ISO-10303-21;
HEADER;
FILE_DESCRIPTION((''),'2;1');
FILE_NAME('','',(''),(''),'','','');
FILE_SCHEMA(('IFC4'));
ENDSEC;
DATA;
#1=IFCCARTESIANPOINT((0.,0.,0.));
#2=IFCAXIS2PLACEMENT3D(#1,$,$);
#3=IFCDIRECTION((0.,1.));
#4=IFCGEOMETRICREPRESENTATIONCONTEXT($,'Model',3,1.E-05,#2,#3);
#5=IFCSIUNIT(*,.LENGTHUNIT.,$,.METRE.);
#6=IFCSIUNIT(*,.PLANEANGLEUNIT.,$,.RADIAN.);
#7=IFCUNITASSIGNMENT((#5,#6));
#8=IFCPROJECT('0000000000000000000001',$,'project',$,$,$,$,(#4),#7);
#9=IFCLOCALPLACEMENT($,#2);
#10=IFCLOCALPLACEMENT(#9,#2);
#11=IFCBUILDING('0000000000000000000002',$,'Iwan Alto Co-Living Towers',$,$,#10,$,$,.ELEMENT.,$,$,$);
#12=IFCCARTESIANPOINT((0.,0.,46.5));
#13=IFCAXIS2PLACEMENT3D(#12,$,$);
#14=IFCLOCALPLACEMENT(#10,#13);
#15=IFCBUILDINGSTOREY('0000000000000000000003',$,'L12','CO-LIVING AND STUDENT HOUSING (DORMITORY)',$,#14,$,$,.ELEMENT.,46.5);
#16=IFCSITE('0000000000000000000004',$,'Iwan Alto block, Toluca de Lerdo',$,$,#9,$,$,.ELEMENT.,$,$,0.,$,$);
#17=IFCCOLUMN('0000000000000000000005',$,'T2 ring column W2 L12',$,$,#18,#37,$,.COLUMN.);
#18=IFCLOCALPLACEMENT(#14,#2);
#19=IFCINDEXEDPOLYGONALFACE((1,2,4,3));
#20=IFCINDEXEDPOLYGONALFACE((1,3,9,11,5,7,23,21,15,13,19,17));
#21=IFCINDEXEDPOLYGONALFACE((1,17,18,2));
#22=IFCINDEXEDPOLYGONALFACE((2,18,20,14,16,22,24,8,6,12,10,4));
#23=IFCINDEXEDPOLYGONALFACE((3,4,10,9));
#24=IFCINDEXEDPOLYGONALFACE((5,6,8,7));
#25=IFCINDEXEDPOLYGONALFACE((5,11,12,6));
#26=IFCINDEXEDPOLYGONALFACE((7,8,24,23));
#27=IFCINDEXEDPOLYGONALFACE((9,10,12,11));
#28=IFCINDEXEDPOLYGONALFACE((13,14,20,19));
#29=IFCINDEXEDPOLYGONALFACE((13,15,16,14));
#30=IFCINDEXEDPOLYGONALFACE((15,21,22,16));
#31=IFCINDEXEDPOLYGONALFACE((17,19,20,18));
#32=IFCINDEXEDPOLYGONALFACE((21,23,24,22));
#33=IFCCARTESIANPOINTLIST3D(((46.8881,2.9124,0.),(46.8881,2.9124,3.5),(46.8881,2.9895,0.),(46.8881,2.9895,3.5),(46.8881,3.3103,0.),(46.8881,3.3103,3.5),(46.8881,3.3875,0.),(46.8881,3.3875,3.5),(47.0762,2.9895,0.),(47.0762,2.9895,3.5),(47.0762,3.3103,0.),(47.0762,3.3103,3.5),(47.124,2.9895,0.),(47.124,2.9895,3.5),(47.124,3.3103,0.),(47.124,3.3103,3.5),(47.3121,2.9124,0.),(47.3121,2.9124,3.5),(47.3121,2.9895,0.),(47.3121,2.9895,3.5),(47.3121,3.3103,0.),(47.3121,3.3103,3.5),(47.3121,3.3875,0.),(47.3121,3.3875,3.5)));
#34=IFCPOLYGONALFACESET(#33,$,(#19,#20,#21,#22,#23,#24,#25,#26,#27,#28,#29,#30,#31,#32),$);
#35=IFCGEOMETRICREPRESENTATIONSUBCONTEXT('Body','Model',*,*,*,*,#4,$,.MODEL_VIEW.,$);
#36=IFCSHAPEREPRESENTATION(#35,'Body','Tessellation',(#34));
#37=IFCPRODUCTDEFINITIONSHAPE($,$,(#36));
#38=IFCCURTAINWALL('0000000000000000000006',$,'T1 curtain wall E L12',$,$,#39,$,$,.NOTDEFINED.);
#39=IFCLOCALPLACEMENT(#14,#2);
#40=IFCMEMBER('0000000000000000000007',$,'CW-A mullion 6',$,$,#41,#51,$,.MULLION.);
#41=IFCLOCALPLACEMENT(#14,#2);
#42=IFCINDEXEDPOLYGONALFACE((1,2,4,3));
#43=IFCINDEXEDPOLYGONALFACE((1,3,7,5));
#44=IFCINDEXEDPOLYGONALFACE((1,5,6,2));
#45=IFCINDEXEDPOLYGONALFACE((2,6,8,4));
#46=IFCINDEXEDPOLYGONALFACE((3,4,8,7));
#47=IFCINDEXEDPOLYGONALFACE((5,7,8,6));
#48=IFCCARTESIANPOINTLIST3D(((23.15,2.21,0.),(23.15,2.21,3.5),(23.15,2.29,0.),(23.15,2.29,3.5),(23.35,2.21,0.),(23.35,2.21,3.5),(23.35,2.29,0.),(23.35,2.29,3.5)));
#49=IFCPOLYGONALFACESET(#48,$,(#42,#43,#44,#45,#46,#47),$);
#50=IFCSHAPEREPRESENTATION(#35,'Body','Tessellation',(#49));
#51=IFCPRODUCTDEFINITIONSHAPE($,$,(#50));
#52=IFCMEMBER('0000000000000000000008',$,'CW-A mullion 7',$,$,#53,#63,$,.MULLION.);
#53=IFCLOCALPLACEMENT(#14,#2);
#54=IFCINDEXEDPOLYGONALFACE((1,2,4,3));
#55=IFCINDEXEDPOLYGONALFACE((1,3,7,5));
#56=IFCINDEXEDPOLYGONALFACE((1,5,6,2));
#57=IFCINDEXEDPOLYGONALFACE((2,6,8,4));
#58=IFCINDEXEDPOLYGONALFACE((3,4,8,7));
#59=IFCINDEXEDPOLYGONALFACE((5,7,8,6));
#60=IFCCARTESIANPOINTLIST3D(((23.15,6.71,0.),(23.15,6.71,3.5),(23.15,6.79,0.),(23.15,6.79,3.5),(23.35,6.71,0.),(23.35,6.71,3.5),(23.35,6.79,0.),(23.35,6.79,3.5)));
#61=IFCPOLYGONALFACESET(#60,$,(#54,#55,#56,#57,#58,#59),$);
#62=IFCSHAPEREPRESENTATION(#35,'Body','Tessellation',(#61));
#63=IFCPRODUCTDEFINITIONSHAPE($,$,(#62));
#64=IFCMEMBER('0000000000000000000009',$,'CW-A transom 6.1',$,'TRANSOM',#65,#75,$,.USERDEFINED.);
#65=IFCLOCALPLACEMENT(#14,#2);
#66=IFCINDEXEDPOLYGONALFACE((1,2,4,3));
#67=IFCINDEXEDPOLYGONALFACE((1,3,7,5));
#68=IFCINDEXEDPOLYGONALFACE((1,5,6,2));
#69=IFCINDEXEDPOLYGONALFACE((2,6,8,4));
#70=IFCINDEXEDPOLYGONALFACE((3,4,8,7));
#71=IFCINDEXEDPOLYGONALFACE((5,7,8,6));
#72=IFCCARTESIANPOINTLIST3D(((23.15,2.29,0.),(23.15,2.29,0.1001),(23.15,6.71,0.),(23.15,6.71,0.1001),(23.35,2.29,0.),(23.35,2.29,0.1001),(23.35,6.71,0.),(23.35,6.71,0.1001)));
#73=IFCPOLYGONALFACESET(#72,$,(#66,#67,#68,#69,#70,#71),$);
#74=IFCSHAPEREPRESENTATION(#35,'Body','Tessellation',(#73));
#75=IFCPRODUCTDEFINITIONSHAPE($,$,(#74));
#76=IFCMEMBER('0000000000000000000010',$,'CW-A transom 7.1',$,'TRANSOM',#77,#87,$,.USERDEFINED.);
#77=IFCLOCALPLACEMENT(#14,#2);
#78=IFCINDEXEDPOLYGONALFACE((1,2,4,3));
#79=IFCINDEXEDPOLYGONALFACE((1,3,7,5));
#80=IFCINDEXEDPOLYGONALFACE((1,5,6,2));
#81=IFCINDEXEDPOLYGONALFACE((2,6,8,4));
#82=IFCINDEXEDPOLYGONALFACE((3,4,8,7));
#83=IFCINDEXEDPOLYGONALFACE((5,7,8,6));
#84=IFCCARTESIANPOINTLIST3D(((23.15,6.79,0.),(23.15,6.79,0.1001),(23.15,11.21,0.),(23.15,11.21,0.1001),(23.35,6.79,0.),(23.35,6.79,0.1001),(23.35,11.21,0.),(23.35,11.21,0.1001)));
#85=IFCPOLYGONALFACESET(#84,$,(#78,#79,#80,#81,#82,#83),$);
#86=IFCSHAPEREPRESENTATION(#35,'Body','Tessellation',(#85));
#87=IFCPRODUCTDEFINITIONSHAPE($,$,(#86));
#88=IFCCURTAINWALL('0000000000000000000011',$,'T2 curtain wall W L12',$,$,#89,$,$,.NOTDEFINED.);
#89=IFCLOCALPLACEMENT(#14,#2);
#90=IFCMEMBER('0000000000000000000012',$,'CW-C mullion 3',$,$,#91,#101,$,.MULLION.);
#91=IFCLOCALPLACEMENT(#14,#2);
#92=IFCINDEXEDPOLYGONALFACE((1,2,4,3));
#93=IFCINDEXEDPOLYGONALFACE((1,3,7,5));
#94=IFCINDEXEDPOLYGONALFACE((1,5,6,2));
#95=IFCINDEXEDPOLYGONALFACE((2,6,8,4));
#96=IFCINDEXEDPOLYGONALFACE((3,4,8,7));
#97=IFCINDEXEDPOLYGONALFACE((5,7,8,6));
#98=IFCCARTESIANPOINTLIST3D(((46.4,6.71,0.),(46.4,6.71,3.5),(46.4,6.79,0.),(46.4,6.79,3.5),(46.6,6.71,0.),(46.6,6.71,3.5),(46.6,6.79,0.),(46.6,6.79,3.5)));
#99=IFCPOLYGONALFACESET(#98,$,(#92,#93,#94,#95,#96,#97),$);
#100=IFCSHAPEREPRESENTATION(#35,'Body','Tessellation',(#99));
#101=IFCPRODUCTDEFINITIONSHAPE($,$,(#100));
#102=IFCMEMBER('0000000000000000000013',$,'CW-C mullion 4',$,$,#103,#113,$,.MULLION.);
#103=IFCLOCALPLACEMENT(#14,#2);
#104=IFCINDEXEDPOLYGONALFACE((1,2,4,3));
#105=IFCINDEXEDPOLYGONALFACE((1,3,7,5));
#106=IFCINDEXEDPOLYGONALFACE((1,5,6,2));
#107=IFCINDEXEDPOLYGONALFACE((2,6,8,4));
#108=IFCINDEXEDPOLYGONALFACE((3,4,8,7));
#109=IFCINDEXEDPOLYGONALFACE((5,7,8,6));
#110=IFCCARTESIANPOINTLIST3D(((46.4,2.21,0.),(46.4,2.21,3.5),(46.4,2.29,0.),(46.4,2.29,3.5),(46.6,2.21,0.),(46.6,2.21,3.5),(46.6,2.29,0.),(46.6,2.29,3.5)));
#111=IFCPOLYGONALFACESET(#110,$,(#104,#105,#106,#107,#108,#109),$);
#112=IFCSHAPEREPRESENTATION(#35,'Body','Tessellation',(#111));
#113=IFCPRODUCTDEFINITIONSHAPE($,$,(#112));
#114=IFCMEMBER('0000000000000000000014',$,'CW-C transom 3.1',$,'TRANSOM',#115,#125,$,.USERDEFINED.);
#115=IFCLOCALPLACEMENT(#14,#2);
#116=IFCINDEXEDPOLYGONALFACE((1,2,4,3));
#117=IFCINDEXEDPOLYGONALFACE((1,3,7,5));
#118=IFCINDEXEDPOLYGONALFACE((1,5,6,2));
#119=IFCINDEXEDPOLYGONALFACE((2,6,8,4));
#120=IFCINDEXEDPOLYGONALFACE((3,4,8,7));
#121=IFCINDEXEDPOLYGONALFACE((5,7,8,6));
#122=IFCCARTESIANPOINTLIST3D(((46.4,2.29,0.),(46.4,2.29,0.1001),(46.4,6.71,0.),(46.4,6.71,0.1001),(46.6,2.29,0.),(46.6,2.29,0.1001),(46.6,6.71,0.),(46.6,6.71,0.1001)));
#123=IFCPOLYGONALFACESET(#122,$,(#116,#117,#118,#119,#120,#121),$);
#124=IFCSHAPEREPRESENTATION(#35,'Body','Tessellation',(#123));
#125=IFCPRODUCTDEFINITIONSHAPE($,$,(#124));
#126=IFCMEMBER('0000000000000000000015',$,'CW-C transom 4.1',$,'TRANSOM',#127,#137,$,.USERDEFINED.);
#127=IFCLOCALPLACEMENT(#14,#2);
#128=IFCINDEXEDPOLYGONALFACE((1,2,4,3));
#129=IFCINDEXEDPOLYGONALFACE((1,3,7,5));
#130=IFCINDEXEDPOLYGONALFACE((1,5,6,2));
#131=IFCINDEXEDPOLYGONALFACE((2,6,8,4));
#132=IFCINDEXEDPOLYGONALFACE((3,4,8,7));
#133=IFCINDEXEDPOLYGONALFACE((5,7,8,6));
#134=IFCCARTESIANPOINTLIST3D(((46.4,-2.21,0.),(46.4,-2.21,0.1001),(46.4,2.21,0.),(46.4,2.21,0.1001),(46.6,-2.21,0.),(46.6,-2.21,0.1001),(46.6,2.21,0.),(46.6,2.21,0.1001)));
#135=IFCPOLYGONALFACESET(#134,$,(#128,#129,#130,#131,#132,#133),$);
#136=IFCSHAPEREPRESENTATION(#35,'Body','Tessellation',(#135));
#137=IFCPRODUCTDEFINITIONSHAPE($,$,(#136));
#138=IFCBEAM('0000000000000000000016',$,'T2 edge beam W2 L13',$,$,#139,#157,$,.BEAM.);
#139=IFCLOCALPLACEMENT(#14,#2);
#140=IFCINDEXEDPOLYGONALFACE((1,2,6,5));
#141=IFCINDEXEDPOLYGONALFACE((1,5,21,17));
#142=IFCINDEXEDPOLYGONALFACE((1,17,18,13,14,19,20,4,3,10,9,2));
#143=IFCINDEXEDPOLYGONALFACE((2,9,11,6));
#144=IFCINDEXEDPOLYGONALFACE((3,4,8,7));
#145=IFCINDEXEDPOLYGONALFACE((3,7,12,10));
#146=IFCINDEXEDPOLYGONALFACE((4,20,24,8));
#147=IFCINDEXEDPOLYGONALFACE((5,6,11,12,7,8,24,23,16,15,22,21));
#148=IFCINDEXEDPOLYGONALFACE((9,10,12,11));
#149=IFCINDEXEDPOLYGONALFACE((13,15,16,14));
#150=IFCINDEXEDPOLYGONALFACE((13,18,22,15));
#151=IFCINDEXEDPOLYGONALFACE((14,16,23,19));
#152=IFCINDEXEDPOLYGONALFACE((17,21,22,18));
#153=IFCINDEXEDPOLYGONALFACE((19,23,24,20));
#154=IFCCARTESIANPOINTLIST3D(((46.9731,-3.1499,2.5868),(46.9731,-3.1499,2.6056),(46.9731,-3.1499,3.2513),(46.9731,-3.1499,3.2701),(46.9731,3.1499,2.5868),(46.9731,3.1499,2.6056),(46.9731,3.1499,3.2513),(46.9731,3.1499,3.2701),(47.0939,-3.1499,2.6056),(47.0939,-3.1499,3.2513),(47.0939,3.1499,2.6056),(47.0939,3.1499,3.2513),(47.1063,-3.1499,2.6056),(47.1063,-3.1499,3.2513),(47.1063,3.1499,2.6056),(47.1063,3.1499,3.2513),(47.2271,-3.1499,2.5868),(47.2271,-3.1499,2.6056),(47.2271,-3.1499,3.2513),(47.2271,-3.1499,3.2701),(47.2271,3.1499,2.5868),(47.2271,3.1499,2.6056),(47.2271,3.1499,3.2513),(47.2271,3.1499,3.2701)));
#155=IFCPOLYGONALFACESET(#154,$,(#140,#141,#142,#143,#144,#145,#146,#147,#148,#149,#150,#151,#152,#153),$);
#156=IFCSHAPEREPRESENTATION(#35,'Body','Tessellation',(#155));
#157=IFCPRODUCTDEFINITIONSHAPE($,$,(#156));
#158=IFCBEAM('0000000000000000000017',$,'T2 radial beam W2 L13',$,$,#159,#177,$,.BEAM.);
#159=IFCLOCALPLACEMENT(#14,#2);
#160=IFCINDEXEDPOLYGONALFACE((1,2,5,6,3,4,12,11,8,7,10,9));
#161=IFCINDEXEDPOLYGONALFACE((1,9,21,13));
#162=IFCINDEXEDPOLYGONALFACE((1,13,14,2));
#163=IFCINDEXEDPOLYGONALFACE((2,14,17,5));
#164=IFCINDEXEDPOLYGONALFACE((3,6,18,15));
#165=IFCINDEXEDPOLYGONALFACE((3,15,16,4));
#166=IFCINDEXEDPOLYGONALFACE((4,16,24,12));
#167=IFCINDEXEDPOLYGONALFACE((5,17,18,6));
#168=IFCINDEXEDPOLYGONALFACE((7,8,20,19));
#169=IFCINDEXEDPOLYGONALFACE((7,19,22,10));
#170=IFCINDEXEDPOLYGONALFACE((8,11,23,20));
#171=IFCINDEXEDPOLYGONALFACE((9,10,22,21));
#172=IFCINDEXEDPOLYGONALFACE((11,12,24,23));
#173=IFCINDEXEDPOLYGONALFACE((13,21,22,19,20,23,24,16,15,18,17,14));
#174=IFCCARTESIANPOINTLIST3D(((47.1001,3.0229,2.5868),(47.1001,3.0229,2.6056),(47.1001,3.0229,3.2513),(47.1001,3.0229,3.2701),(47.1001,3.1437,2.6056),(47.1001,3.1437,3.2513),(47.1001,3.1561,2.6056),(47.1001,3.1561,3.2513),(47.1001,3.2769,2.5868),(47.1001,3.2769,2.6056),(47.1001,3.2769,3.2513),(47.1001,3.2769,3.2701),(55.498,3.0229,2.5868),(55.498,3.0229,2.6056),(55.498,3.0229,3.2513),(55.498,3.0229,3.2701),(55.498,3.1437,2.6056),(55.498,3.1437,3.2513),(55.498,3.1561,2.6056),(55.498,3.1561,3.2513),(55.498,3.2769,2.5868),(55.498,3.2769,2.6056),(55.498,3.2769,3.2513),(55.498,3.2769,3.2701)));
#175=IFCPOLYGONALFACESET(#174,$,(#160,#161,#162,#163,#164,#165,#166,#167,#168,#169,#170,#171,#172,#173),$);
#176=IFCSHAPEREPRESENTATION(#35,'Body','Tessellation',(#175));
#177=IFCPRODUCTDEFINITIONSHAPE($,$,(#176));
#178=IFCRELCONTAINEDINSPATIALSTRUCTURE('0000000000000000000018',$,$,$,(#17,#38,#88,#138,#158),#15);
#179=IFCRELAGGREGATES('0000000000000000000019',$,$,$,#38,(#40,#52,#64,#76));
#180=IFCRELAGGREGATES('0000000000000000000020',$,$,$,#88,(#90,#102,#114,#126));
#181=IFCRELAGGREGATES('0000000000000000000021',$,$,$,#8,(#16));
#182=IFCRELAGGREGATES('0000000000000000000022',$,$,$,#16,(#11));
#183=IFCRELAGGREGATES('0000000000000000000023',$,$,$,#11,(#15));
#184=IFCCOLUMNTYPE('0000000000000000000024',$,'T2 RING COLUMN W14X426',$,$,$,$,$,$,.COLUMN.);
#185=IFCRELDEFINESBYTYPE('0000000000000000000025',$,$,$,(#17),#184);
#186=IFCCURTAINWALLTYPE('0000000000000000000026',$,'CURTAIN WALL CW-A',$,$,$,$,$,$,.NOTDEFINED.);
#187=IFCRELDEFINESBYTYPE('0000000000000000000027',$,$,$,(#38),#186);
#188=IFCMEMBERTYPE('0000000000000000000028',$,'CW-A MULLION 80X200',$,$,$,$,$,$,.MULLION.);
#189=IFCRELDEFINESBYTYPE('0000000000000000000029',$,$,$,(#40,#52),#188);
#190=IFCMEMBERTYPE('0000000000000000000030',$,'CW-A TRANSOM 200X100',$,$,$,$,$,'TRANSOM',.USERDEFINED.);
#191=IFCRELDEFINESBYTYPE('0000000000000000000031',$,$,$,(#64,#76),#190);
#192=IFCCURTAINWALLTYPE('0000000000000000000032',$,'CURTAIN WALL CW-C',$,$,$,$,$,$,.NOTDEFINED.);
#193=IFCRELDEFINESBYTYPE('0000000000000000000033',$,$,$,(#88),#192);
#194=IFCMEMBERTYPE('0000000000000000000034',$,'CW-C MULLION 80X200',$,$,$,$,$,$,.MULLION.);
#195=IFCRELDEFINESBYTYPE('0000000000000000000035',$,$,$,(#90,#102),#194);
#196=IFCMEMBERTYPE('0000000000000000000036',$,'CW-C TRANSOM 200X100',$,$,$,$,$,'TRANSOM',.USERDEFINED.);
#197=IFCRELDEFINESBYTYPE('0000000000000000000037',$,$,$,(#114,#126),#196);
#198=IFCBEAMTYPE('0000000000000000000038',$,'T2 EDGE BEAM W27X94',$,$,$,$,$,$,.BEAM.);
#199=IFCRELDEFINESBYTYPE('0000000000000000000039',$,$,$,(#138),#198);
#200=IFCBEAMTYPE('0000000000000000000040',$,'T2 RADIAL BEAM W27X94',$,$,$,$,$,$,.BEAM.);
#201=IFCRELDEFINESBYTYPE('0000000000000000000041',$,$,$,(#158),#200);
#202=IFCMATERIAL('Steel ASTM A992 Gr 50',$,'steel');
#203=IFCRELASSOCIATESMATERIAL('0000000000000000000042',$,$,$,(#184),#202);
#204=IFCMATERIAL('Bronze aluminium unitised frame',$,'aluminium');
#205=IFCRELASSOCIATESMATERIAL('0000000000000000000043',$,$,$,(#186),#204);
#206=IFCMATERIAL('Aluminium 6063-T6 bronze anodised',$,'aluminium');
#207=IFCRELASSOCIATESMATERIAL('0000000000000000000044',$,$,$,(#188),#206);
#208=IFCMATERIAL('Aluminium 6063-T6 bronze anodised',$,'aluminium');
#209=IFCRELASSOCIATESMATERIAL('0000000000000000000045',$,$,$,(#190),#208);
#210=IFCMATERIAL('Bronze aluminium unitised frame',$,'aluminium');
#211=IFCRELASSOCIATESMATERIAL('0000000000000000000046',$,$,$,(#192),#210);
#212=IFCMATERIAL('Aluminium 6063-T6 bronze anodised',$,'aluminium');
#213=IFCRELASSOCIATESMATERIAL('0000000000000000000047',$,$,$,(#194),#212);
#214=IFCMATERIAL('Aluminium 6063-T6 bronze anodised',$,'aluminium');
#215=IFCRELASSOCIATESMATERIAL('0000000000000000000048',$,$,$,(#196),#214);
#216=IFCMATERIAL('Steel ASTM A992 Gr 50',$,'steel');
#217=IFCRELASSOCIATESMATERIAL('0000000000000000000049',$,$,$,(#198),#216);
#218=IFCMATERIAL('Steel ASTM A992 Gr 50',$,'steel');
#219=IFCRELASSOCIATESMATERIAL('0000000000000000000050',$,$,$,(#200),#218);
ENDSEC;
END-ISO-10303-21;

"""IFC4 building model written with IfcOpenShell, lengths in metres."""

from ifc_helpers import new_model, si_unit, direction, frame, origin, origin_2d, place, context, subcontext, project, spatial, rectangle, i_section, extrude, material, material_profile, profile_set, type_object, element, aggregate, save


model = new_model("IFC4")

# Units and contexts
model_context = context("Model", 3, precision=1e-05, world=origin(), true_north=direction((0.0, 1.0)))
body_context = subcontext(model_context, "Body", "Model", "MODEL_VIEW")
ifc_project = project(units=[si_unit("LENGTHUNIT", "METRE"), si_unit("PLANEANGLEUNIT", "RADIAN")], contexts=[model_context])

# Site, building, storey
site_placement = place(None, origin())
site = spatial("IfcSite", under=ifc_project, at=site_placement, Name="Iwan Alto block, Toluca de Lerdo", CompositionType="ELEMENT", RefElevation=0.0)
building_placement = place(site_placement, origin())
building = spatial("IfcBuilding", under=site, at=building_placement, Name="Iwan Alto Co-Living Towers", CompositionType="ELEMENT")
storey_placement = place(building_placement, frame((0.0, 0.0, 46.5)))
storey = spatial("IfcBuildingStorey", under=building, at=storey_placement, Name="L12", Description="CO-LIVING AND STUDENT HOUSING (DORMITORY)", CompositionType="ELEMENT", Elevation=46.5)

# Column
ifc_material_1 = material(Name="Steel ASTM A992 Gr 50", Category="steel")
ifc_material_profile_1 = material_profile(ifc_material_1, i_section(OverallWidth=0.4241, OverallDepth=0.4751, WebThickness=0.0479, FlangeThickness=0.0771, at=origin_2d()), Name="W14X426")
ifc_profile_set_1 = profile_set([ifc_material_profile_1], Name="Steel ASTM A992 Gr 50")
column_type = type_object("IfcColumnType", Name="T2 RING COLUMN W14X426", PredefinedType="COLUMN", material=ifc_profile_set_1)
column_placement = place(storey_placement, frame((47.1001, 3.1499, 0.0), z_axis=(0.0, 0.0, 1.0), x_axis=(1.0, 0.0, 0.0)))
element("IfcColumn", 1, at=column_placement, inside=storey, type_object=column_type, Name="T2 ring column W2 L12", PredefinedType="COLUMN", context=body_context, shape_type="SweptSolid", body=[
    extrude(i_section(OverallWidth=0.4241, OverallDepth=0.4751, WebThickness=0.0479, FlangeThickness=0.0771, at=origin_2d()), origin(), (0.0, 0.0, 1.0), 3.5),
])

# Curtain walls, members
ifc_material_2 = material(Name="Bronze aluminium unitised frame", Category="aluminium")
curtain_wall_type_1 = type_object("IfcCurtainWallType", Name="CURTAIN WALL CW-A", PredefinedType="NOTDEFINED", material=ifc_material_2)
curtain_wall_1_placement = place(storey_placement, origin())
curtain_wall_1 = element("IfcCurtainWall", 2, at=curtain_wall_1_placement, inside=storey, type_object=curtain_wall_type_1, Name="T1 curtain wall E L12", PredefinedType="NOTDEFINED")
ifc_material_3 = material(Name="Aluminium 6063-T6 bronze anodised", Category="aluminium")
ifc_material_profile_2 = material_profile(ifc_material_3, rectangle(XDim=0.2, YDim=0.0801, at=origin_2d()), Name="AL 80X200")
ifc_profile_set_2 = profile_set([ifc_material_profile_2], Name="Aluminium 6063-T6 bronze anodised")
member_type_1 = type_object("IfcMemberType", Name="CW-A MULLION 80X200", PredefinedType="MULLION", material=ifc_profile_set_2)
member_1_placement = place(storey_placement, frame((23.25, 2.25, 0.0), z_axis=(0.0, 0.0, 1.0), x_axis=(-1.0, 0.0, 0.0)))
member_1 = element("IfcMember", 3, at=member_1_placement, type_object=member_type_1, Name="CW-A mullion 6", PredefinedType="MULLION", context=body_context, shape_type="SweptSolid", body=[
    extrude(rectangle(XDim=0.2, YDim=0.0801, at=origin_2d()), origin(), (0.0, 0.0, 1.0), 3.5),
])
member_2_placement = place(storey_placement, frame((23.25, 6.75, 0.0), z_axis=(0.0, 0.0, 1.0), x_axis=(-1.0, 0.0, 0.0)))
member_2 = element("IfcMember", 4, at=member_2_placement, type_object=member_type_1, Name="CW-A mullion 7", PredefinedType="MULLION", context=body_context, shape_type="SweptSolid", body=[
    extrude(rectangle(XDim=0.2, YDim=0.0801, at=origin_2d()), origin(), (0.0, 0.0, 1.0), 3.5),
])
ifc_material_4 = material(Name="Aluminium 6063-T6 bronze anodised", Category="aluminium")
ifc_material_profile_3 = material_profile(ifc_material_4, rectangle(XDim=0.2, YDim=0.1001, at=origin_2d()), Name="AL 200X100")
ifc_profile_set_3 = profile_set([ifc_material_profile_3], Name="Aluminium 6063-T6 bronze anodised")
member_type_2 = type_object("IfcMemberType", Name="CW-A TRANSOM 200X100", ElementType="TRANSOM", PredefinedType="USERDEFINED", material=ifc_profile_set_3)
member_3_placement = place(storey_placement, frame((23.25, 2.29, 0.05), z_axis=(0.0, 1.0, 0.0), x_axis=(-1.0, 0.0, 0.0)))
member_3 = element("IfcMember", 5, at=member_3_placement, type_object=member_type_2, Name="CW-A transom 6.1", ObjectType="TRANSOM", PredefinedType="USERDEFINED", context=body_context, shape_type="SweptSolid", body=[
    extrude(rectangle(XDim=0.2, YDim=0.1001, at=origin_2d()), origin(), (0.0, 0.0, 1.0), 4.4199),
])
member_4_placement = place(storey_placement, frame((23.25, 6.79, 0.05), z_axis=(0.0, 1.0, 0.0), x_axis=(-1.0, 0.0, 0.0)))
member_4 = element("IfcMember", 6, at=member_4_placement, type_object=member_type_2, Name="CW-A transom 7.1", ObjectType="TRANSOM", PredefinedType="USERDEFINED", context=body_context, shape_type="SweptSolid", body=[
    extrude(rectangle(XDim=0.2, YDim=0.1001, at=origin_2d()), origin(), (0.0, 0.0, 1.0), 4.4199),
])
ifc_material_5 = material(Name="Bronze aluminium unitised frame", Category="aluminium")
curtain_wall_type_2 = type_object("IfcCurtainWallType", Name="CURTAIN WALL CW-C", PredefinedType="NOTDEFINED", material=ifc_material_5)
curtain_wall_2_placement = place(storey_placement, origin())
curtain_wall_2 = element("IfcCurtainWall", 7, at=curtain_wall_2_placement, inside=storey, type_object=curtain_wall_type_2, Name="T2 curtain wall W L12", PredefinedType="NOTDEFINED")
ifc_material_6 = material(Name="Aluminium 6063-T6 bronze anodised", Category="aluminium")
ifc_material_profile_4 = material_profile(ifc_material_6, rectangle(XDim=0.2, YDim=0.0801, at=origin_2d()), Name="AL 80X200")
ifc_profile_set_4 = profile_set([ifc_material_profile_4], Name="Aluminium 6063-T6 bronze anodised")
member_type_3 = type_object("IfcMemberType", Name="CW-C MULLION 80X200", PredefinedType="MULLION", material=ifc_profile_set_4)
member_5_placement = place(storey_placement, frame((46.5, 6.75, 0.0), z_axis=(0.0, 0.0, 1.0), x_axis=(1.0, 0.0, 0.0)))
member_5 = element("IfcMember", 8, at=member_5_placement, type_object=member_type_3, Name="CW-C mullion 3", PredefinedType="MULLION", context=body_context, shape_type="SweptSolid", body=[
    extrude(rectangle(XDim=0.2, YDim=0.0801, at=origin_2d()), origin(), (0.0, 0.0, 1.0), 3.5),
])
member_6_placement = place(storey_placement, frame((46.5, 2.25, 0.0), z_axis=(0.0, 0.0, 1.0), x_axis=(1.0, 0.0, 0.0)))
member_6 = element("IfcMember", 9, at=member_6_placement, type_object=member_type_3, Name="CW-C mullion 4", PredefinedType="MULLION", context=body_context, shape_type="SweptSolid", body=[
    extrude(rectangle(XDim=0.2, YDim=0.0801, at=origin_2d()), origin(), (0.0, 0.0, 1.0), 3.5),
])
ifc_material_7 = material(Name="Aluminium 6063-T6 bronze anodised", Category="aluminium")
ifc_material_profile_5 = material_profile(ifc_material_7, rectangle(XDim=0.2, YDim=0.1001, at=origin_2d()), Name="AL 200X100")
ifc_profile_set_5 = profile_set([ifc_material_profile_5], Name="Aluminium 6063-T6 bronze anodised")
member_type_4 = type_object("IfcMemberType", Name="CW-C TRANSOM 200X100", ElementType="TRANSOM", PredefinedType="USERDEFINED", material=ifc_profile_set_5)
member_7_placement = place(storey_placement, frame((46.5, 6.71, 0.05), z_axis=(0.0, -1.0, 0.0), x_axis=(1.0, 0.0, 0.0)))
member_7 = element("IfcMember", 10, at=member_7_placement, type_object=member_type_4, Name="CW-C transom 3.1", ObjectType="TRANSOM", PredefinedType="USERDEFINED", context=body_context, shape_type="SweptSolid", body=[
    extrude(rectangle(XDim=0.2, YDim=0.1001, at=origin_2d()), origin(), (0.0, 0.0, 1.0), 4.4199),
])
member_8_placement = place(storey_placement, frame((46.5, 2.21, 0.05), z_axis=(0.0, -1.0, 0.0), x_axis=(1.0, 0.0, 0.0)))
member_8 = element("IfcMember", 11, at=member_8_placement, type_object=member_type_4, Name="CW-C transom 4.1", ObjectType="TRANSOM", PredefinedType="USERDEFINED", context=body_context, shape_type="SweptSolid", body=[
    extrude(rectangle(XDim=0.2, YDim=0.1001, at=origin_2d()), origin(), (0.0, 0.0, 1.0), 4.4199),
])

# Beams
ifc_material_8 = material(Name="Steel ASTM A992 Gr 50", Category="steel")
ifc_material_profile_6 = material_profile(ifc_material_8, i_section(OverallWidth=0.2539, OverallDepth=0.6833, WebThickness=0.0125, FlangeThickness=0.0188, at=origin_2d()), Name="W27X94")
ifc_profile_set_6 = profile_set([ifc_material_profile_6], Name="Steel ASTM A992 Gr 50")
beam_type_1 = type_object("IfcBeamType", Name="T2 EDGE BEAM W27X94", PredefinedType="BEAM", material=ifc_profile_set_6)
beam_1_placement = place(storey_placement, frame((47.1001, 3.1499, 2.9285), z_axis=(0.0, -1.0, 0.0), x_axis=(1.0, 0.0, 0.0)))
element("IfcBeam", 12, at=beam_1_placement, inside=storey, type_object=beam_type_1, Name="T2 edge beam W2 L13", PredefinedType="BEAM", context=body_context, shape_type="SweptSolid", body=[
    extrude(i_section(OverallWidth=0.2539, OverallDepth=0.6833, WebThickness=0.0125, FlangeThickness=0.0188, at=origin_2d()), origin(), (0.0, 0.0, 1.0), 6.2998),
])
ifc_material_9 = material(Name="Steel ASTM A992 Gr 50", Category="steel")
ifc_material_profile_7 = material_profile(ifc_material_9, i_section(OverallWidth=0.2539, OverallDepth=0.6833, WebThickness=0.0125, FlangeThickness=0.0188, at=origin_2d()), Name="W27X94")
ifc_profile_set_7 = profile_set([ifc_material_profile_7], Name="Steel ASTM A992 Gr 50")
beam_type_2 = type_object("IfcBeamType", Name="T2 RADIAL BEAM W27X94", PredefinedType="BEAM", material=ifc_profile_set_7)
beam_2_placement = place(storey_placement, frame((47.1001, 3.1499, 2.9285), z_axis=(1.0, 0.0, 0.0), x_axis=(0.0, 1.0, 0.0)))
element("IfcBeam", 13, at=beam_2_placement, inside=storey, type_object=beam_type_2, Name="T2 radial beam W2 L13", PredefinedType="BEAM", context=body_context, shape_type="SweptSolid", body=[
    extrude(i_section(OverallWidth=0.2539, OverallDepth=0.6833, WebThickness=0.0125, FlangeThickness=0.0188, at=origin_2d()), origin(), (0.0, 0.0, 1.0), 8.3979),
])

aggregate(curtain_wall_1, [member_1, member_2, member_3, member_4])
aggregate(curtain_wall_2, [member_5, member_6, member_7, member_8])

save(model, "model.ifc")
